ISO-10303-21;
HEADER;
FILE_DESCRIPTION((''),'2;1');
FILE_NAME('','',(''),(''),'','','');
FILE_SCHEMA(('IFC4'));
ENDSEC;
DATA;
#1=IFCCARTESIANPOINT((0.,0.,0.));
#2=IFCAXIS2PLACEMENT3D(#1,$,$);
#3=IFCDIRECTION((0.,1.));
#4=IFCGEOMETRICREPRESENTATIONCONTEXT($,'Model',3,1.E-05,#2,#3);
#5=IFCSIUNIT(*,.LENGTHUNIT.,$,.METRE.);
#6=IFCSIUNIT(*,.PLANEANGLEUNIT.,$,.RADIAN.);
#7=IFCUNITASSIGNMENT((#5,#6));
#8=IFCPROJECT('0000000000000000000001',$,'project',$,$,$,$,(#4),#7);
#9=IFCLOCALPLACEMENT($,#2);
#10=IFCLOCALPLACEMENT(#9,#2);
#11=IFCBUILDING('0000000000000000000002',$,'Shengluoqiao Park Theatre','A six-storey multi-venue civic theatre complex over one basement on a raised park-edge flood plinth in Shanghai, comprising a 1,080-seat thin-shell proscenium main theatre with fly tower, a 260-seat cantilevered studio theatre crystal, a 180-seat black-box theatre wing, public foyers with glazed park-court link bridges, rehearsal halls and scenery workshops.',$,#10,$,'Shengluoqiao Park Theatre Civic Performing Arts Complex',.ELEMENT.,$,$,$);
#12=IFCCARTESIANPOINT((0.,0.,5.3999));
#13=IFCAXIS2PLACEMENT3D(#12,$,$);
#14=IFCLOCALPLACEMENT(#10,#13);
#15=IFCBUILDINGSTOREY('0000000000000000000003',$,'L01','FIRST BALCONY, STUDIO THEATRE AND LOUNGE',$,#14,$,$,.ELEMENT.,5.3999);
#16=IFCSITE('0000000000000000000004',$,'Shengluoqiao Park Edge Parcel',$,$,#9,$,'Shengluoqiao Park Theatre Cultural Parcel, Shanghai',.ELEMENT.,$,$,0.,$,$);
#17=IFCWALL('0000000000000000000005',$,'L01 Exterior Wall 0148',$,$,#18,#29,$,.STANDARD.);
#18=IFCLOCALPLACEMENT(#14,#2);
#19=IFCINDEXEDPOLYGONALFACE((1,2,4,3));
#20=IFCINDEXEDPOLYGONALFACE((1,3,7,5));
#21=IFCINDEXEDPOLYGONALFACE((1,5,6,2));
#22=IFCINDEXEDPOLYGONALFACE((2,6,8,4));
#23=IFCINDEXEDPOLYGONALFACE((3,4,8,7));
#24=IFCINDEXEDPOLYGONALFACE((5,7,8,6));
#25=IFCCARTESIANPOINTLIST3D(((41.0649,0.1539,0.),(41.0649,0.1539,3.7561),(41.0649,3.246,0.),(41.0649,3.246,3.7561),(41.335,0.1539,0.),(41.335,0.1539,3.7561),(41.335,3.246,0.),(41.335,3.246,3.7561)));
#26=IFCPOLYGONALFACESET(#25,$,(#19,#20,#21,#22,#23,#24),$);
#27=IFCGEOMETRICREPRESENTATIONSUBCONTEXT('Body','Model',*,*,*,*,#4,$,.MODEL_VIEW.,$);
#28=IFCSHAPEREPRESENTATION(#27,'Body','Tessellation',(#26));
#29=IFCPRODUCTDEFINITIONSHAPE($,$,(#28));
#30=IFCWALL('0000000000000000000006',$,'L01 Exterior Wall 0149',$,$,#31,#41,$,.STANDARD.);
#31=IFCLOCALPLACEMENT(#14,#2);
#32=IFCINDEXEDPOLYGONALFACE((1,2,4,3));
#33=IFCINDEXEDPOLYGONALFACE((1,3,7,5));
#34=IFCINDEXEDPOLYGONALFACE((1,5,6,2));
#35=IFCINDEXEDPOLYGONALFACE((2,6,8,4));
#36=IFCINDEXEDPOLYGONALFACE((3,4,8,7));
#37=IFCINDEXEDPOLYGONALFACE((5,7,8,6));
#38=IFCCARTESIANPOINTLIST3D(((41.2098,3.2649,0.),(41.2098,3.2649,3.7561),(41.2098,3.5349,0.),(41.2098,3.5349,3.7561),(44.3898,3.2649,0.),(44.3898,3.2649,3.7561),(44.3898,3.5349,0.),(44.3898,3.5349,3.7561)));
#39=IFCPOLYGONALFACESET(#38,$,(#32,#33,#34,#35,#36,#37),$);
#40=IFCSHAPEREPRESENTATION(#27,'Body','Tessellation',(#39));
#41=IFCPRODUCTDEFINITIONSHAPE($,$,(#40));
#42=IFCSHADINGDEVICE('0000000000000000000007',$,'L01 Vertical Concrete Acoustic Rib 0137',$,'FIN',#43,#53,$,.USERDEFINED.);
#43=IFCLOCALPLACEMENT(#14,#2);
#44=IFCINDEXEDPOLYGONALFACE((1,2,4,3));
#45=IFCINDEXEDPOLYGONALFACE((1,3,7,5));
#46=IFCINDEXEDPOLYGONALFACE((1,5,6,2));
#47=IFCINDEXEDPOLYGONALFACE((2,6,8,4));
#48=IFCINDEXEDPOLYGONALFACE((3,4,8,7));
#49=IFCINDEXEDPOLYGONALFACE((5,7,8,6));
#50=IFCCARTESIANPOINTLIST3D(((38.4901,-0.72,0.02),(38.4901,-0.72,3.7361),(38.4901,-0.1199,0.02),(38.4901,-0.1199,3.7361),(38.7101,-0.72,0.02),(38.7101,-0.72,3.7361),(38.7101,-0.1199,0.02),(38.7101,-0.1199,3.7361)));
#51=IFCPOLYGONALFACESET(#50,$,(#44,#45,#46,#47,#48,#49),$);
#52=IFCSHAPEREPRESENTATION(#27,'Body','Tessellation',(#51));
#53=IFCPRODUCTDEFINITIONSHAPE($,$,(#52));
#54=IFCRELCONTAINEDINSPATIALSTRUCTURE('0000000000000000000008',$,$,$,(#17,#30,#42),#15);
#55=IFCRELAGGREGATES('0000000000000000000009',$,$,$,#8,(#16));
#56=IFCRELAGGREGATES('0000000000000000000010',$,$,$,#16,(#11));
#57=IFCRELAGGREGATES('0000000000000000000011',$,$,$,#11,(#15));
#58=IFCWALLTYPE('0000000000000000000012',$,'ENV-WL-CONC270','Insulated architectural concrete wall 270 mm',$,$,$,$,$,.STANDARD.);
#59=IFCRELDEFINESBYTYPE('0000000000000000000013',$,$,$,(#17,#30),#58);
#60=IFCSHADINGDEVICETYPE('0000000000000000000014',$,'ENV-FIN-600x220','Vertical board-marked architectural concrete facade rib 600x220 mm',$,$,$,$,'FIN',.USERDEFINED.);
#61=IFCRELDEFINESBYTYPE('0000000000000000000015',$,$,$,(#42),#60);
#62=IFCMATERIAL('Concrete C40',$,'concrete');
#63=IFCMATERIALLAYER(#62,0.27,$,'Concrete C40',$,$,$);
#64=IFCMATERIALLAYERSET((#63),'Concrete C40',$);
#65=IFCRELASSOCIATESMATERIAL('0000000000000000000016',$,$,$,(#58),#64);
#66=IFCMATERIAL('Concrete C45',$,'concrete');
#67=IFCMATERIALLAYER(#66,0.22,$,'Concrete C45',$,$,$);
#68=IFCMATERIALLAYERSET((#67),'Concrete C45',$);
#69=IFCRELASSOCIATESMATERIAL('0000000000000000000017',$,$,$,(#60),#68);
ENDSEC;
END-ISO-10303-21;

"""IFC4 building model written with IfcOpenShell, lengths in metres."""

from ifc_helpers import new_model, si_unit, direction, frame, frame_2d, origin, origin_2d, place, context, subcontext, project, spatial, rectangle, extrude, material, layer, layer_set, type_object, element, save


model = new_model("IFC4")

# Units and contexts
model_context = context("Model", 3, precision=1e-05, world=origin(), true_north=direction((0.0, 1.0)))
body_context = subcontext(model_context, "Body", "Model", "MODEL_VIEW")
ifc_project = project(units=[si_unit("LENGTHUNIT", "METRE"), si_unit("PLANEANGLEUNIT", "RADIAN")], contexts=[model_context])

# Site, building, storey
site_placement = place(None, origin())
site = spatial("IfcSite", under=ifc_project, at=site_placement, Name="Shengluoqiao Park Edge Parcel", LongName="Shengluoqiao Park Theatre Cultural Parcel, Shanghai", CompositionType="ELEMENT", RefElevation=0.0)
building_placement = place(site_placement, origin())
building = spatial("IfcBuilding", under=site, at=building_placement, Name="Shengluoqiao Park Theatre", Description="A six-storey multi-venue civic theatre complex over one basement on a raised park-edge flood plinth in Shanghai, comprising a 1,080-seat thin-shell proscenium main theatre with fly tower, a 260-seat cantilevered studio theatre crystal, a 180-seat black-box theatre wing, public foyers with glazed park-court link bridges, rehearsal halls and scenery workshops.", LongName="Shengluoqiao Park Theatre Civic Performing Arts Complex", CompositionType="ELEMENT")
storey_placement = place(building_placement, frame((0.0, 0.0, 5.3999)))
storey = spatial("IfcBuildingStorey", under=building, at=storey_placement, Name="L01", Description="FIRST BALCONY, STUDIO THEATRE AND LOUNGE", CompositionType="ELEMENT", Elevation=5.3999)

# Walls
ifc_material_1 = material(Name="Concrete C40", Category="concrete")
ifc_layer_1 = layer(ifc_material_1, 0.27, Name="Concrete C40")
ifc_layer_set_1 = layer_set([ifc_layer_1], Name="Concrete C40")
wall_type = type_object("IfcWallType", Name="ENV-WL-CONC270", Description="Insulated architectural concrete wall 270 mm", PredefinedType="STANDARD", material=ifc_layer_set_1)
wall_1_placement = place(storey_placement, frame((41.2, 0.1541, 0.0), z_axis=(0.0, 0.0, 1.0), x_axis=(0.0, 1.0, 0.0)))
element("IfcWall", 1, at=wall_1_placement, inside=storey, type_object=wall_type, Name="L01 Exterior Wall 0148", PredefinedType="STANDARD", context=body_context, shape_type="SweptSolid", body=[
    extrude(rectangle(XDim=3.092, YDim=0.27, at=frame_2d((1.5459, 0.0))), origin(), (0.0, 0.0, 1.0), 3.7561),
])
wall_2_placement = place(storey_placement, frame((41.21, 3.3999, 0.0), z_axis=(0.0, 0.0, 1.0), x_axis=(1.0, 0.0, 0.0)))
element("IfcWall", 2, at=wall_2_placement, inside=storey, type_object=wall_type, Name="L01 Exterior Wall 0149", PredefinedType="STANDARD", context=body_context, shape_type="SweptSolid", body=[
    extrude(rectangle(XDim=3.1799, YDim=0.27, at=frame_2d((1.5898, 0.0))), origin(), (0.0, 0.0, 1.0), 3.7561),
])

# Shading device
ifc_material_2 = material(Name="Concrete C45", Category="concrete")
ifc_layer_2 = layer(ifc_material_2, 0.22, Name="Concrete C45")
ifc_layer_set_2 = layer_set([ifc_layer_2], Name="Concrete C45")
shading_device_type = type_object("IfcShadingDeviceType", Name="ENV-FIN-600x220", Description="Vertical board-marked architectural concrete facade rib 600x220 mm", ElementType="FIN", PredefinedType="USERDEFINED", material=ifc_layer_set_2)
shading_device_placement = place(storey_placement, frame((38.6001, -0.4199, 0.02), z_axis=(0.0, 0.0, 1.0), x_axis=(0.0, -1.0, 0.0)))
element("IfcShadingDevice", 3, at=shading_device_placement, inside=storey, type_object=shading_device_type, Name="L01 Vertical Concrete Acoustic Rib 0137", ObjectType="FIN", PredefinedType="USERDEFINED", context=body_context, shape_type="SweptSolid", body=[
    extrude(rectangle(XDim=0.6001, YDim=0.22, at=origin_2d()), origin(), (0.0, 0.0, 1.0), 3.7161),
])

save(model, "model.ifc")
